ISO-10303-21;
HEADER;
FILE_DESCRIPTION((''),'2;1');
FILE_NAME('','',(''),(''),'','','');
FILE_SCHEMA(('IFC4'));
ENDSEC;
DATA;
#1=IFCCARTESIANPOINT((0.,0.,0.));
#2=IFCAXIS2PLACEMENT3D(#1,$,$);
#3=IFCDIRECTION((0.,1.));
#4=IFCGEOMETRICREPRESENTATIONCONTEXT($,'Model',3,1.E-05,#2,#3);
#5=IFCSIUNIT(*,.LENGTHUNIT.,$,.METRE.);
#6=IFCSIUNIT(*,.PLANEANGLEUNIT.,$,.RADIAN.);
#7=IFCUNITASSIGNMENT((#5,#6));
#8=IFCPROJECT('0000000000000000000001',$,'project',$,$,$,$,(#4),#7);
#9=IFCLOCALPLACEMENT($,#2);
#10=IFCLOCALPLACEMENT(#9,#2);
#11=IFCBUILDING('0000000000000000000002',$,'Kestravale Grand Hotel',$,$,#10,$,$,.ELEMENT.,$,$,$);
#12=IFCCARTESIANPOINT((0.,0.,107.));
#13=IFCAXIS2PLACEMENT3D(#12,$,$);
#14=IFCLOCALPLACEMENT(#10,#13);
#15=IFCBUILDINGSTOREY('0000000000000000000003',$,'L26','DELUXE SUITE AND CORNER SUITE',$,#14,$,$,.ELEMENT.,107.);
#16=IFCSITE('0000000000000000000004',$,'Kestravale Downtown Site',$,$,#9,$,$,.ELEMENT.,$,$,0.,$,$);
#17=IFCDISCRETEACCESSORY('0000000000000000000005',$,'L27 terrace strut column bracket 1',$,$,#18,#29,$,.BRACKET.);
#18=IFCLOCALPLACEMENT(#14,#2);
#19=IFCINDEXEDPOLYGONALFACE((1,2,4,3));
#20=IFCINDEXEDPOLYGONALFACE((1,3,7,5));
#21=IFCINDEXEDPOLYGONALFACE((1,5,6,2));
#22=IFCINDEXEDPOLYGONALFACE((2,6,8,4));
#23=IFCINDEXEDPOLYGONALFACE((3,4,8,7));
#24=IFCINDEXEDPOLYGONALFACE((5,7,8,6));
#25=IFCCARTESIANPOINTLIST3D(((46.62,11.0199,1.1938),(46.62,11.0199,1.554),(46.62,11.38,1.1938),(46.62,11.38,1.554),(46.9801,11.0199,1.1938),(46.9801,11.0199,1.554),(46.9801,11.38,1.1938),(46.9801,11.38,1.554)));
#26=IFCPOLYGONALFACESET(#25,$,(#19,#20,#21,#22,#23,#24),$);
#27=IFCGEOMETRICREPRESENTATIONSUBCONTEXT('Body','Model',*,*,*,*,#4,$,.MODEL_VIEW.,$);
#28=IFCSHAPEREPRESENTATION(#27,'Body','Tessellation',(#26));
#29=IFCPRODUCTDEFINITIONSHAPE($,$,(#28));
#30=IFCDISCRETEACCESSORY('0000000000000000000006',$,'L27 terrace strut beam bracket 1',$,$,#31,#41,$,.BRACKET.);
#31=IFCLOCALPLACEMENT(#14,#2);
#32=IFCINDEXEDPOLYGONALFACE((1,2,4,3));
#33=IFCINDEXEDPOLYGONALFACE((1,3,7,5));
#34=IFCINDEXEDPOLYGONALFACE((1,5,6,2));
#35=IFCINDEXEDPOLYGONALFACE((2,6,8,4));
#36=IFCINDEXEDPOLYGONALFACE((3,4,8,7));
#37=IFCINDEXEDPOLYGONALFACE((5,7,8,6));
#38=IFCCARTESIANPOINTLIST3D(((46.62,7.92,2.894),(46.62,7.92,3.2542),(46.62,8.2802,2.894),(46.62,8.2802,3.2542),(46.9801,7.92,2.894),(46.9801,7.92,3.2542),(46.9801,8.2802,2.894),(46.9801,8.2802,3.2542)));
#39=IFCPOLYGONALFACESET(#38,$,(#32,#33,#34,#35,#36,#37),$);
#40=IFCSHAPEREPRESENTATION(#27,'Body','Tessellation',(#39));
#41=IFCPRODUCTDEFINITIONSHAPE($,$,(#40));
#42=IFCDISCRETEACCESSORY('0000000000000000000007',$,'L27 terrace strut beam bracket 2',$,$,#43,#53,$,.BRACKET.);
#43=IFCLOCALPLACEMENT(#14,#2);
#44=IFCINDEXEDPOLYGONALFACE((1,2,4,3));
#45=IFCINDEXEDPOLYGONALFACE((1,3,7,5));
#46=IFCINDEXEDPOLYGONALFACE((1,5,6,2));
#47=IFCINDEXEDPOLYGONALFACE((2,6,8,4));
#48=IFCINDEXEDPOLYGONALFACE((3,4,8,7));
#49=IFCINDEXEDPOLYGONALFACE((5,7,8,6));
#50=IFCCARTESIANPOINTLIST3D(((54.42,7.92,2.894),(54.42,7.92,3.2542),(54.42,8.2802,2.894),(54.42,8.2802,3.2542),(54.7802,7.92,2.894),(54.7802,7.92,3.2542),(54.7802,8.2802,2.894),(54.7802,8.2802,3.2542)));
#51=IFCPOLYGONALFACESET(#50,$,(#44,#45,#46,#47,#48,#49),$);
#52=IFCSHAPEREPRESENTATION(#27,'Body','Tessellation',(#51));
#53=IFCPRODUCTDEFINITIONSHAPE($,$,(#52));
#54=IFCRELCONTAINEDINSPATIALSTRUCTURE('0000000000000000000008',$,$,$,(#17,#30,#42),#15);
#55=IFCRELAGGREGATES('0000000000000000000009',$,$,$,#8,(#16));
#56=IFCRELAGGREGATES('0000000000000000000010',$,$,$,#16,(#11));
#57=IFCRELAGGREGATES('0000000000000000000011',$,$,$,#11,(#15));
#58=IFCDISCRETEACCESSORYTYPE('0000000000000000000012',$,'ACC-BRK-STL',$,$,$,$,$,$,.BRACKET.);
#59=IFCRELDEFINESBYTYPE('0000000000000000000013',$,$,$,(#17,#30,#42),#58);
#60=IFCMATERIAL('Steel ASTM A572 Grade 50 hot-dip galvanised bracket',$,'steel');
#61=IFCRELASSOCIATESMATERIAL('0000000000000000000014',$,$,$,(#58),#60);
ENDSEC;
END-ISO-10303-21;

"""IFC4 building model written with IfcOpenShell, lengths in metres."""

from ifc_helpers import new_model, si_unit, direction, frame, origin, origin_2d, place, context, subcontext, project, spatial, rectangle, extrude, material, type_object, element, save


model = new_model("IFC4")

# Units and contexts
model_context = context("Model", 3, precision=1e-05, world=origin(), true_north=direction((0.0, 1.0)))
body_context = subcontext(model_context, "Body", "Model", "MODEL_VIEW")
ifc_project = project(units=[si_unit("LENGTHUNIT", "METRE"), si_unit("PLANEANGLEUNIT", "RADIAN")], contexts=[model_context])

# Site, building, storey
site_placement = place(None, origin())
site = spatial("IfcSite", under=ifc_project, at=site_placement, Name="Kestravale Downtown Site", CompositionType="ELEMENT", RefElevation=0.0)
building_placement = place(site_placement, origin())
building = spatial("IfcBuilding", under=site, at=building_placement, Name="Kestravale Grand Hotel", CompositionType="ELEMENT")
storey_placement = place(building_placement, frame((0.0, 0.0, 107.0)))
storey = spatial("IfcBuildingStorey", under=building, at=storey_placement, Name="L26", Description="DELUXE SUITE AND CORNER SUITE", CompositionType="ELEMENT", Elevation=107.0)

# Discrete accessories
ifc_material_1 = material(Name="Steel ASTM A572 Grade 50 hot-dip galvanised bracket", Category="steel")
discrete_accessory_type = type_object("IfcDiscreteAccessoryType", Name="ACC-BRK-STL", PredefinedType="BRACKET", material=ifc_material_1)
for number, where, z_axis, x_axis, name in (
    (1, (46.8, 11.2, 1.1938), (0.0, 0.0, 1.0), (1.0, 0.0, 0.0), "L27 terrace strut column bracket 1"),
    (2, (46.8, 8.1001, 2.894), (0.0, 0.0, 1.0), (1.0, 0.0, 0.0), "L27 terrace strut beam bracket 1"),
    (3, (54.6001, 8.1001, 2.894), (0.0, 0.0, 1.0), (1.0, 0.0, 0.0), "L27 terrace strut beam bracket 2"),
):
    element("IfcDiscreteAccessory", number, at=place(storey_placement, frame(where, z_axis=z_axis, x_axis=x_axis)), inside=storey, type_object=discrete_accessory_type, Name=name, PredefinedType="BRACKET", context=body_context, shape_type="SweptSolid", body=[
        extrude(rectangle(XDim=0.3601, YDim=0.3601, at=origin_2d()), origin(), (0.0, 0.0, 1.0), 0.3601),
    ])

save(model, "model.ifc")
